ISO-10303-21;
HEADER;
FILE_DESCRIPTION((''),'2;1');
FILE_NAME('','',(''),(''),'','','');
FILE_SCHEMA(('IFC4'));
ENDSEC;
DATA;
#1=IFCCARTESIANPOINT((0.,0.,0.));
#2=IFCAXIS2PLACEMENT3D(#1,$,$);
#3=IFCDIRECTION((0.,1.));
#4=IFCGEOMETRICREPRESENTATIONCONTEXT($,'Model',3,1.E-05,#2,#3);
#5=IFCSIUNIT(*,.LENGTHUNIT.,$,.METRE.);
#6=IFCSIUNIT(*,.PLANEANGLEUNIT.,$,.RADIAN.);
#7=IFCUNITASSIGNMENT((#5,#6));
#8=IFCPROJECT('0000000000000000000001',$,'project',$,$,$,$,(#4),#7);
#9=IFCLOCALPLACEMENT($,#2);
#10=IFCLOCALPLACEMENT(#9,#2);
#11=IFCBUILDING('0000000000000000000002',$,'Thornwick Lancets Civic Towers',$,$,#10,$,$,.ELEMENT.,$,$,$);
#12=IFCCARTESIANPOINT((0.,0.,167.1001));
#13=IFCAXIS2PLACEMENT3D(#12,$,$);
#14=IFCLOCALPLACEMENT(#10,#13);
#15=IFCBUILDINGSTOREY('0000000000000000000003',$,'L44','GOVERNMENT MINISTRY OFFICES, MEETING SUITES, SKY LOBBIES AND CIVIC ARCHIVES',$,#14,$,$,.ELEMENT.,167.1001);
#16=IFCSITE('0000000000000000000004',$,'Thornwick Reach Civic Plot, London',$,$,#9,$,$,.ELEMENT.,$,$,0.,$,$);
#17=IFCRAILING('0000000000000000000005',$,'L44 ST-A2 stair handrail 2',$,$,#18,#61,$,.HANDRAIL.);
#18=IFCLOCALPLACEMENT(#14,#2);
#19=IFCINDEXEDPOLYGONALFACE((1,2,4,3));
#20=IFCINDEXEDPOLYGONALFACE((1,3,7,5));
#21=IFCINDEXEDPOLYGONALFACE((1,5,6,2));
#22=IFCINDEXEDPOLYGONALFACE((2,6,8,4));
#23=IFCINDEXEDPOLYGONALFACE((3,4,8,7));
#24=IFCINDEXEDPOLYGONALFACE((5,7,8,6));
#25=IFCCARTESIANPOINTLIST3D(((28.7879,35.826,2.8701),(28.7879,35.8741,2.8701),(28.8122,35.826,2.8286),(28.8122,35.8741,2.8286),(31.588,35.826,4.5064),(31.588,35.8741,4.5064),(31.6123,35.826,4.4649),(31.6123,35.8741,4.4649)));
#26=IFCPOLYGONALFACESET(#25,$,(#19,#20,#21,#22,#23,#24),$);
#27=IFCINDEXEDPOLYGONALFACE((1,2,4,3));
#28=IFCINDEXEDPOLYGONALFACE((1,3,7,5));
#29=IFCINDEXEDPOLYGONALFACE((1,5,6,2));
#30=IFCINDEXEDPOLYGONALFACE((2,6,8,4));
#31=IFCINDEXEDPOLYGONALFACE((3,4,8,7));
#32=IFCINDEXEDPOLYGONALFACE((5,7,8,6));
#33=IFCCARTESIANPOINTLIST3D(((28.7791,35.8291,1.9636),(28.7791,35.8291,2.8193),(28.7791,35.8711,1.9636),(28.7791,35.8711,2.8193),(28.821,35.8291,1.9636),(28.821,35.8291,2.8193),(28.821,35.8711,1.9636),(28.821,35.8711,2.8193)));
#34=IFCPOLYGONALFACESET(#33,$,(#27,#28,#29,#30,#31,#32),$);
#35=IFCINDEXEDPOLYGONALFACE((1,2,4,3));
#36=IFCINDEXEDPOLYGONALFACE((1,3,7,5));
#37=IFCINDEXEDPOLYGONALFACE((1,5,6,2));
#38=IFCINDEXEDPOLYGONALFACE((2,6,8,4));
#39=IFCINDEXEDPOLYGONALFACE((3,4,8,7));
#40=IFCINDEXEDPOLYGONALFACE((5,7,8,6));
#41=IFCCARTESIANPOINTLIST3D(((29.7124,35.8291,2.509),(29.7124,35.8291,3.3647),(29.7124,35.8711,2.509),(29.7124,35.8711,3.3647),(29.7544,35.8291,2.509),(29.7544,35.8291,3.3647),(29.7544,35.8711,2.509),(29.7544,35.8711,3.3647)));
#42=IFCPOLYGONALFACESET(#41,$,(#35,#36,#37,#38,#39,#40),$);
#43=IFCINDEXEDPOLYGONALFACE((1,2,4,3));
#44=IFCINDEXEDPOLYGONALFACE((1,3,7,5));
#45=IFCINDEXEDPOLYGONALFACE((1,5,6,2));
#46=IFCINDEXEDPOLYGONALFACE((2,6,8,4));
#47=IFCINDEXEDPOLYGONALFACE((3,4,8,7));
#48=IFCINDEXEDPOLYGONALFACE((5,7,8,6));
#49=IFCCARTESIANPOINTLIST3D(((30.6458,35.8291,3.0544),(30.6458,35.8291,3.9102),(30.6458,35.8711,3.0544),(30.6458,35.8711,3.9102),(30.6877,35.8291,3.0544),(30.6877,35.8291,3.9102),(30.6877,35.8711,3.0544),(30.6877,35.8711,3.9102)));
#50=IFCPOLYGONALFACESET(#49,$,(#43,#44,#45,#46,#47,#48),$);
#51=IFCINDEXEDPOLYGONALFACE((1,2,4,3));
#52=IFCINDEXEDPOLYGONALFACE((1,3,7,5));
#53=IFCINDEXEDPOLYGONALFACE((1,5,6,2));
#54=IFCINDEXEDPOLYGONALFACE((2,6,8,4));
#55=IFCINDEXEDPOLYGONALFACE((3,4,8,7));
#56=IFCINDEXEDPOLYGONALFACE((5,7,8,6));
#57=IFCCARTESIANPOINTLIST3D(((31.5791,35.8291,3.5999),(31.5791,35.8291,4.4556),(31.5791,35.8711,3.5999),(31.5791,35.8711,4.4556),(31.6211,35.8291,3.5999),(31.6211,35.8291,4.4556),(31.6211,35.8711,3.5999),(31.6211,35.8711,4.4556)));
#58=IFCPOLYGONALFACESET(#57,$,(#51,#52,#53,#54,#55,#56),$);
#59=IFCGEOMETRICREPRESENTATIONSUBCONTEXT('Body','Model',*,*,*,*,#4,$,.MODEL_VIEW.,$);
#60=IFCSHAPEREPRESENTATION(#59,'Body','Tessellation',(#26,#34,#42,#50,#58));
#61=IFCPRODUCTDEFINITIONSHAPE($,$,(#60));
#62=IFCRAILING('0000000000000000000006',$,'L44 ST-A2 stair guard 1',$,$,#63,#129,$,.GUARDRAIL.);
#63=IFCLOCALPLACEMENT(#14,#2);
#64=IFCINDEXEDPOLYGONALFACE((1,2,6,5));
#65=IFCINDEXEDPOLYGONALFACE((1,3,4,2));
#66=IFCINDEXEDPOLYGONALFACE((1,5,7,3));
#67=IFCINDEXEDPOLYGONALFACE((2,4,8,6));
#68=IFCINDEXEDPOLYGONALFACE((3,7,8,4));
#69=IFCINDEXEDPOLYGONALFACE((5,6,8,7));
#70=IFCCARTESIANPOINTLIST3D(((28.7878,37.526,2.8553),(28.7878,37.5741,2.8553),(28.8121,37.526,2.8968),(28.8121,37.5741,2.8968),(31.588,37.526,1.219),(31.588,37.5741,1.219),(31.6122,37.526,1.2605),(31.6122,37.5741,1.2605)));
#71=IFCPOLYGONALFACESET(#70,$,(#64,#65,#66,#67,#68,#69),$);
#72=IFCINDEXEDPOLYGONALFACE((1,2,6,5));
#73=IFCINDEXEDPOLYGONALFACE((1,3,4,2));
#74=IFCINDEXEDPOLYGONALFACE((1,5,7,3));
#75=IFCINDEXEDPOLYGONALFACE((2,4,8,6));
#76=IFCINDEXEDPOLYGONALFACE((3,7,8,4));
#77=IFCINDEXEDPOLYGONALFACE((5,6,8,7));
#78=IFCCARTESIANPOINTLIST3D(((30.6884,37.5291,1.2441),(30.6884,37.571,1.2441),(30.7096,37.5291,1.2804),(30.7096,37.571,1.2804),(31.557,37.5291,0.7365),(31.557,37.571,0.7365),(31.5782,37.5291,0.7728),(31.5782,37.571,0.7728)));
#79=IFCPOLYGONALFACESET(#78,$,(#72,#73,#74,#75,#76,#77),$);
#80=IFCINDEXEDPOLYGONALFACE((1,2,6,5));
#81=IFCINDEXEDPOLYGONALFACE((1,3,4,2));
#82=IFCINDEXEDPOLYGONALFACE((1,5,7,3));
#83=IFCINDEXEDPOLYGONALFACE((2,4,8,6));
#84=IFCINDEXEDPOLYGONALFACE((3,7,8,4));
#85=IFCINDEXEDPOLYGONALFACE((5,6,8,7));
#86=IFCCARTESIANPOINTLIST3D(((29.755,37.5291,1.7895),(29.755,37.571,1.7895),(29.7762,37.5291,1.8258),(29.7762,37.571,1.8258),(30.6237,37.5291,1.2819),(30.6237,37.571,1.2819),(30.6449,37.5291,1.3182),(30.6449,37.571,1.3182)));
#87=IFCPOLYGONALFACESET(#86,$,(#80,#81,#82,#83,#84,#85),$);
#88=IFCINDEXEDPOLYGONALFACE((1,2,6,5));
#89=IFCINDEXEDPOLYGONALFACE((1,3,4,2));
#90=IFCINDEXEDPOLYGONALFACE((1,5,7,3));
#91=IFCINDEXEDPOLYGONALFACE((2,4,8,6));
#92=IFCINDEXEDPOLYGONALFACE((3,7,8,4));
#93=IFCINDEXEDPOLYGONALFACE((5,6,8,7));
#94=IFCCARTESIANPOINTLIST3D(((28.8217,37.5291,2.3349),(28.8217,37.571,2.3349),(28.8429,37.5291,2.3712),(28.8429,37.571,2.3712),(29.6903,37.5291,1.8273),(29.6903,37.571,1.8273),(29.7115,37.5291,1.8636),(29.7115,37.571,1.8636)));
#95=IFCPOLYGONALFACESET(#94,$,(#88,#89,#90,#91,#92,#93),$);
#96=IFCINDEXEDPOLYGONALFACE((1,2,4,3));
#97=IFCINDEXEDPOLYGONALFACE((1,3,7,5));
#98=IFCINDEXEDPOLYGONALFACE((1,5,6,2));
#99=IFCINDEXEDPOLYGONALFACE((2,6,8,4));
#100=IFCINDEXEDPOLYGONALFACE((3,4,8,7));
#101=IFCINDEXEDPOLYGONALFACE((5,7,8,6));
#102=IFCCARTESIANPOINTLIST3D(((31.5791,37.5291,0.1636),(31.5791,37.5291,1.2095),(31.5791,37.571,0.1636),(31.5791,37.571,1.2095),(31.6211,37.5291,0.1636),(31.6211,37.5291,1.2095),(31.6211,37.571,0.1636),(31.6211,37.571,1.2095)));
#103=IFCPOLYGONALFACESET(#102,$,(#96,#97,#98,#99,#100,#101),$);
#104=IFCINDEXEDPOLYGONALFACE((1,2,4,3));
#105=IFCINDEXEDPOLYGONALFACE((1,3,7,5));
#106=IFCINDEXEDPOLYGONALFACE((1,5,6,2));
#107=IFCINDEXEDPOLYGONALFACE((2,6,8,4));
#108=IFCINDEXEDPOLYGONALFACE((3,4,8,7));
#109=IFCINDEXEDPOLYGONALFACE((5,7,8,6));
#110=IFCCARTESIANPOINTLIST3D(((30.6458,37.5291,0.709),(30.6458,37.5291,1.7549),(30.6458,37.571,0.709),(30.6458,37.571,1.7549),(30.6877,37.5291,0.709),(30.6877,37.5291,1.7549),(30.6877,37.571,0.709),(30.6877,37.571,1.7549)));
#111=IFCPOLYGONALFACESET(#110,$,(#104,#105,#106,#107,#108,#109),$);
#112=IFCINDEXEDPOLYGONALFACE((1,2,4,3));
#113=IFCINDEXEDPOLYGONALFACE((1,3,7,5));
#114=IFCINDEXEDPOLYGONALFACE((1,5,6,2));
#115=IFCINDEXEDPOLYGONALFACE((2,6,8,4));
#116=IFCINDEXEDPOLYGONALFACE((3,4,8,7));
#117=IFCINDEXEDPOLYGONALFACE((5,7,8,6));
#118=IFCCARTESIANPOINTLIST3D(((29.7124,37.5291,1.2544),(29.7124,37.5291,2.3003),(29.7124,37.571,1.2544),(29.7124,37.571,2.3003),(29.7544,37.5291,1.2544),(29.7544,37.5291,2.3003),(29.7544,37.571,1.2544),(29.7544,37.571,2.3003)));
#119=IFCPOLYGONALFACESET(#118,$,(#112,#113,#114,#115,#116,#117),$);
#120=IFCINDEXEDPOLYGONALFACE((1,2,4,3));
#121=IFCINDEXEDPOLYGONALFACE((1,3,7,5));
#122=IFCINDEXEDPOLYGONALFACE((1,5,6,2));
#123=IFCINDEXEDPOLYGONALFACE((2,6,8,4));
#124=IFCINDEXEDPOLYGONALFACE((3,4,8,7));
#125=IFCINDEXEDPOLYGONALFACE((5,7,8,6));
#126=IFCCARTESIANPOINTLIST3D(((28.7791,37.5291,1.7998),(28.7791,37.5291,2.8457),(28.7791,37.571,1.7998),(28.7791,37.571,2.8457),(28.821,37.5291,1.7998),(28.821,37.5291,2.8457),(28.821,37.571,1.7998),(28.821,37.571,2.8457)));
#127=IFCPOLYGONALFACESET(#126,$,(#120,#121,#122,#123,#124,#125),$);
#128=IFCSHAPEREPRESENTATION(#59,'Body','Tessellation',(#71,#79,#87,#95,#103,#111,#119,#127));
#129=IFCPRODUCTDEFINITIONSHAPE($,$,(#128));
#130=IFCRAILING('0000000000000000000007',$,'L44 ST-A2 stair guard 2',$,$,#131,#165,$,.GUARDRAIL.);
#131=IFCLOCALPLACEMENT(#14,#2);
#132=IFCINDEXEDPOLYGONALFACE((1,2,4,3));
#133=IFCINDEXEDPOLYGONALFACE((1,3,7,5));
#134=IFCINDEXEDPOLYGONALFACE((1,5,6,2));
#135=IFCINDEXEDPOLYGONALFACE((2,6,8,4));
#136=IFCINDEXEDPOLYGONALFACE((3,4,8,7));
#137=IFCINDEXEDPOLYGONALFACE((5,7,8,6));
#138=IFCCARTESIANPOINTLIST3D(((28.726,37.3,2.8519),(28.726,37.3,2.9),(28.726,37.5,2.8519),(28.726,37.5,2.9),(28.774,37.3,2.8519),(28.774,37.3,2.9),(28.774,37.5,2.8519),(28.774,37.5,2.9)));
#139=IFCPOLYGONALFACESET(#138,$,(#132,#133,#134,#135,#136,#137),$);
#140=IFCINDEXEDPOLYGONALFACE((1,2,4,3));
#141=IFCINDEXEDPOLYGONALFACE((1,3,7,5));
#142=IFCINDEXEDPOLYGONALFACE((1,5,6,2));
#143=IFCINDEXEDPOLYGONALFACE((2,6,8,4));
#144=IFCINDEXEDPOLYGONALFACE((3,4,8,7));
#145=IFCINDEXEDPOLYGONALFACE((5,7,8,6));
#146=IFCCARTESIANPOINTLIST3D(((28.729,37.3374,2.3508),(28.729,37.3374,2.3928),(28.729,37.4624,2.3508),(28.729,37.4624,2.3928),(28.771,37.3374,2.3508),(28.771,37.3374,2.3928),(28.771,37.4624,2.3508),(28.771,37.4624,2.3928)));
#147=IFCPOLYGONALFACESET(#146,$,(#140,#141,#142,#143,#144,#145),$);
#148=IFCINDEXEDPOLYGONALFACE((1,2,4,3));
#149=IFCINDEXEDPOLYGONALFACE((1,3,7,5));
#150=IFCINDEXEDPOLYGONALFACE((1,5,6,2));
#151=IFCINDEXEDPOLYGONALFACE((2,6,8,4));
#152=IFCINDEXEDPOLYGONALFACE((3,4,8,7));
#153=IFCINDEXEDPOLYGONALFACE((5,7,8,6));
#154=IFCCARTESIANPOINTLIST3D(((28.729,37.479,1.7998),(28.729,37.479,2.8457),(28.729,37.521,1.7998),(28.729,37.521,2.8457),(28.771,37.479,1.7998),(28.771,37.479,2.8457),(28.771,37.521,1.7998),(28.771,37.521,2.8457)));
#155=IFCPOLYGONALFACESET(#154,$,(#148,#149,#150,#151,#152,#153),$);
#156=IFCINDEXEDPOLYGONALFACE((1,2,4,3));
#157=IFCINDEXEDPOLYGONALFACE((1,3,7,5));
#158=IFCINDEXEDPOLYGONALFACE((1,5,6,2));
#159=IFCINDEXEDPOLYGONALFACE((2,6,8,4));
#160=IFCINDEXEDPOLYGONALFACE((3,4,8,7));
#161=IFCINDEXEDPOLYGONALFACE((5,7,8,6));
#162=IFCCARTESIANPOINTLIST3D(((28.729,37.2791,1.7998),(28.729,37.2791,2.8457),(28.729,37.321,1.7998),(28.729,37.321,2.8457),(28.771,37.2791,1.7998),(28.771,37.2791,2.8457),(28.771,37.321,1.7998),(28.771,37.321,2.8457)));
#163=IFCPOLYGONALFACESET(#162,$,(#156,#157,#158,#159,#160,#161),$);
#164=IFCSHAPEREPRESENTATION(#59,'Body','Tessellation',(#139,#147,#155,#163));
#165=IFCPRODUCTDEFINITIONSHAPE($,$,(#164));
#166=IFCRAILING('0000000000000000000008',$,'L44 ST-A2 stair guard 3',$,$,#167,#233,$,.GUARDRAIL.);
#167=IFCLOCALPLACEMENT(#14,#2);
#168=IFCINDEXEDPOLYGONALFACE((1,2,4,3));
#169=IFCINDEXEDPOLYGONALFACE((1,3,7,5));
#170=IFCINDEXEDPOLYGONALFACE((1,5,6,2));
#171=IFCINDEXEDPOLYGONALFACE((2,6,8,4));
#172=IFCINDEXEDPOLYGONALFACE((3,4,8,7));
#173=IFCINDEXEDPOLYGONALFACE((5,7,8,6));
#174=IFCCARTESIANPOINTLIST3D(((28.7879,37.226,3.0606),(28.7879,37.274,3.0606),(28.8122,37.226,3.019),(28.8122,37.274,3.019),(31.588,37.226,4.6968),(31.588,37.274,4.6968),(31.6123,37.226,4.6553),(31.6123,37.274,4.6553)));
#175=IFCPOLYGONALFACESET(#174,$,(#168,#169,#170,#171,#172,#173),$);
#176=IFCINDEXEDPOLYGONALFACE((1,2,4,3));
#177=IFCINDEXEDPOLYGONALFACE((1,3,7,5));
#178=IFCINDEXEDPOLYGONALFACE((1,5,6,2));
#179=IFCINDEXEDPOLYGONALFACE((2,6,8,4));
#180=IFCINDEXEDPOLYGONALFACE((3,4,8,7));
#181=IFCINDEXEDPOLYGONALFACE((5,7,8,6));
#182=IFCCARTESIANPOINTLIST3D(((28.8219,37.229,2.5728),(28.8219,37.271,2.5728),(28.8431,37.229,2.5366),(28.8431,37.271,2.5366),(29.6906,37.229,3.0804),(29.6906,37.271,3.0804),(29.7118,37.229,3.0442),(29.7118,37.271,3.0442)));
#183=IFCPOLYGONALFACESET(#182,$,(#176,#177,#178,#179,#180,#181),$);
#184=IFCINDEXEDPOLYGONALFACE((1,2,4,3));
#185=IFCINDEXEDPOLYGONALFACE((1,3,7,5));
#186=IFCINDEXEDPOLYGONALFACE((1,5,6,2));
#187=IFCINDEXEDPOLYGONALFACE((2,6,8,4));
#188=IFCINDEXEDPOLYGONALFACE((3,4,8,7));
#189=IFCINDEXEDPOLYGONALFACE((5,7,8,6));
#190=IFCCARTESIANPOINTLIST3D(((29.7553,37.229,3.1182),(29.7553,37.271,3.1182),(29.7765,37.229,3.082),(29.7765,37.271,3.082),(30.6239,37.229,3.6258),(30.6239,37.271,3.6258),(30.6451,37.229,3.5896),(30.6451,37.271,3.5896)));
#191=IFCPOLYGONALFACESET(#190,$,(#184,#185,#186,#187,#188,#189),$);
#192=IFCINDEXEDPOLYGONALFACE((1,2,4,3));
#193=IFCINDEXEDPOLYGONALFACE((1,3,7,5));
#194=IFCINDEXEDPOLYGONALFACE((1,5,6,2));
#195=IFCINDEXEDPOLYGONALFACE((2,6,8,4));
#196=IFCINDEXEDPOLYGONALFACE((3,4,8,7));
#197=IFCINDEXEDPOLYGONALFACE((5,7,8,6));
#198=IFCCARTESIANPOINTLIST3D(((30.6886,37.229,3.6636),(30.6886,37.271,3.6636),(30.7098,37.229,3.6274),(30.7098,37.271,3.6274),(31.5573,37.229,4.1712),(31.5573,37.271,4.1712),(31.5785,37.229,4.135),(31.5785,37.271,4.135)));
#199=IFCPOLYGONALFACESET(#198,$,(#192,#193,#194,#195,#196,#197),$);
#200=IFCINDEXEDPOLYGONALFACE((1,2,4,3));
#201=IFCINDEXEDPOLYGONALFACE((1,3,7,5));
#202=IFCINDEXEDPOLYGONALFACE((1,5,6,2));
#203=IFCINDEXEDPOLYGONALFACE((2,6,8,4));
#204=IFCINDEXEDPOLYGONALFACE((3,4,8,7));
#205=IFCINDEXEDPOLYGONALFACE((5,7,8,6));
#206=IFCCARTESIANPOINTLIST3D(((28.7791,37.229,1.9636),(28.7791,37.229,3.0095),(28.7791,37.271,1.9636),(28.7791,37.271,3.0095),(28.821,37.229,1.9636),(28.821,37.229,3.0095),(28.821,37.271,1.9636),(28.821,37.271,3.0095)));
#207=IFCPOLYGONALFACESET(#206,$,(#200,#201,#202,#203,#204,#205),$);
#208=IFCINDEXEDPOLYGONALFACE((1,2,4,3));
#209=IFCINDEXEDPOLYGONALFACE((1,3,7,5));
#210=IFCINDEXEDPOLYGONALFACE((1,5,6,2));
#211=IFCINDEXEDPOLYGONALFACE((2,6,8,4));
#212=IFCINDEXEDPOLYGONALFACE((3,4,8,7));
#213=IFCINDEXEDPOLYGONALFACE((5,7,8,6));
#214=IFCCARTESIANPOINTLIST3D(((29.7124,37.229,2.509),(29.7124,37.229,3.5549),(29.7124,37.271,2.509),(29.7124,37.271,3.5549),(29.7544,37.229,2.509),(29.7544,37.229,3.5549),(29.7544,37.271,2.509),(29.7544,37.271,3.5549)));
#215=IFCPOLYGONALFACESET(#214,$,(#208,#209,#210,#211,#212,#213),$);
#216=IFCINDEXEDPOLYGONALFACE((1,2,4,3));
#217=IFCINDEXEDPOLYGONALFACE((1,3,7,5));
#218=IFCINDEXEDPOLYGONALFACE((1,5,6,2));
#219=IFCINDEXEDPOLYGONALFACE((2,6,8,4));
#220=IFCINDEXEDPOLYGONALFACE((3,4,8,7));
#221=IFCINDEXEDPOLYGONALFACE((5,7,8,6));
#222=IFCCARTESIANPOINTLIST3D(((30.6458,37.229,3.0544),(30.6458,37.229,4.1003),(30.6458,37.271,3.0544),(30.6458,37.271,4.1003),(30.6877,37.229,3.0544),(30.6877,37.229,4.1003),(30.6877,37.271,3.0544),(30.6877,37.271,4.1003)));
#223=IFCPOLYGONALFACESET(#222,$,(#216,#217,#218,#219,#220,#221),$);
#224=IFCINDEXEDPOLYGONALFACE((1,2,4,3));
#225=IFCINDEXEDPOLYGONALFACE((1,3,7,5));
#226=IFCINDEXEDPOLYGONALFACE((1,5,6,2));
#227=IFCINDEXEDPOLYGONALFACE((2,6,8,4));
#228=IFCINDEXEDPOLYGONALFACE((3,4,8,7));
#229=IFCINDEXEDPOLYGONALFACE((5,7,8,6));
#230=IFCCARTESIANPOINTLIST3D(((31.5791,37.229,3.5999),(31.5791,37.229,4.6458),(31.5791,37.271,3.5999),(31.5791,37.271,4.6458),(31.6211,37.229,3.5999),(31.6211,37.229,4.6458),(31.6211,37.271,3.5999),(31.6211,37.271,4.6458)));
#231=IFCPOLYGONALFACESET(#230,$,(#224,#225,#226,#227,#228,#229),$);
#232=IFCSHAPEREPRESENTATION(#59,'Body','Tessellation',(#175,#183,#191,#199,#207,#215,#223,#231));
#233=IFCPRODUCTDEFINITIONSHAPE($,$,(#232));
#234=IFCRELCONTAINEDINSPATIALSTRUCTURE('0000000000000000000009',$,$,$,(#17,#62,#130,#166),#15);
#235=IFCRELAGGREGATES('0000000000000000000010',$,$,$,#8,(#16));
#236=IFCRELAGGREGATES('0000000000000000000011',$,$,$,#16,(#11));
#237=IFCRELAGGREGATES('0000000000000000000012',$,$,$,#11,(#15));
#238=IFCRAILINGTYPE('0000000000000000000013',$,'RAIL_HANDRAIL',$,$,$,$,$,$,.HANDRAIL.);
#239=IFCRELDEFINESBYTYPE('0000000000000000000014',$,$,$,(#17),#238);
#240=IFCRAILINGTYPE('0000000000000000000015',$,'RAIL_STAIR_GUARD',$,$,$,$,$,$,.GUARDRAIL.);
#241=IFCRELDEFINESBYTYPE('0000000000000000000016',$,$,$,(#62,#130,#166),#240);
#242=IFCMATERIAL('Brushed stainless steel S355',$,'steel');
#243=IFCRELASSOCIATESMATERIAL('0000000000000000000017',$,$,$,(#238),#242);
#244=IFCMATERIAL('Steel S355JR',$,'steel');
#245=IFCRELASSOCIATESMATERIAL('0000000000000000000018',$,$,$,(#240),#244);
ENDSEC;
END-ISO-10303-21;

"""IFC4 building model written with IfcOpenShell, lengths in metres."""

from ifc_helpers import new_model, si_unit, direction, frame, origin, origin_2d, place, context, subcontext, project, spatial, rectangle, extrude, material, type_object, element, save


model = new_model("IFC4")

# Units and contexts
model_context = context("Model", 3, precision=1e-05, world=origin(), true_north=direction((0.0, 1.0)))
body_context = subcontext(model_context, "Body", "Model", "MODEL_VIEW")
ifc_project = project(units=[si_unit("LENGTHUNIT", "METRE"), si_unit("PLANEANGLEUNIT", "RADIAN")], contexts=[model_context])

# Site, building, storey
site_placement = place(None, origin())
site = spatial("IfcSite", under=ifc_project, at=site_placement, Name="Thornwick Reach Civic Plot, London", CompositionType="ELEMENT", RefElevation=0.0)
building_placement = place(site_placement, origin())
building = spatial("IfcBuilding", under=site, at=building_placement, Name="Thornwick Lancets Civic Towers", CompositionType="ELEMENT")
storey_placement = place(building_placement, frame((0.0, 0.0, 167.1001)))
storey = spatial("IfcBuildingStorey", under=building, at=storey_placement, Name="L44", Description="GOVERNMENT MINISTRY OFFICES, MEETING SUITES, SKY LOBBIES AND CIVIC ARCHIVES", CompositionType="ELEMENT", Elevation=167.1001)

# Shared definitions
ifc_material_1 = material(Name="Steel S355JR", Category="steel")

# Railings
ifc_material_2 = material(Name="Brushed stainless steel S355", Category="steel")
railing_type_1 = type_object("IfcRailingType", Name="RAIL_HANDRAIL", PredefinedType="HANDRAIL", material=ifc_material_2)
railing_1_placement = place(storey_placement, frame((28.8, 35.8501, 1.9636)))
element("IfcRailing", 1, at=railing_1_placement, inside=storey, type_object=railing_type_1, Name="L44 ST-A2 stair handrail 2", PredefinedType="HANDRAIL", context=body_context, shape_type="SweptSolid", body=[
    extrude(rectangle(XDim=0.0481, YDim=0.0481, at=origin_2d()), frame((0.0, 0.0, 0.8857), z_axis=(0.863394, 0.0, 0.504531), x_axis=(0.0, 1.0, 0.0)), (0.0, 0.0, 1.0), 3.2432),
    extrude(rectangle(XDim=0.042, YDim=0.042, at=origin_2d()), origin(), (0.0, 0.0, 1.0), 0.8557),
    extrude(rectangle(XDim=0.042, YDim=0.042, at=origin_2d()), frame((0.9333, 0.0, 0.5454)), (0.0, 0.0, 1.0), 0.8557),
    extrude(rectangle(XDim=0.042, YDim=0.042, at=origin_2d()), frame((1.8667, 0.0, 1.0908)), (0.0, 0.0, 1.0), 0.8557),
    extrude(rectangle(XDim=0.042, YDim=0.042, at=origin_2d()), frame((2.8, 0.0, 1.6362)), (0.0, 0.0, 1.0), 0.8557),
])
railing_type_2 = type_object("IfcRailingType", Name="RAIL_STAIR_GUARD", PredefinedType="GUARDRAIL", material=ifc_material_1)
railing_2_placement = place(storey_placement, frame((31.6001, 37.55, 0.1636)))
element("IfcRailing", 2, at=railing_2_placement, inside=storey, type_object=railing_type_2, Name="L44 ST-A2 stair guard 1", PredefinedType="GUARDRAIL", context=body_context, shape_type="SweptSolid", body=[
    extrude(rectangle(XDim=0.0481, YDim=0.0481, at=origin_2d()), frame((0.0, 0.0, 1.0762), z_axis=(-0.863394, 0.0, 0.504531), x_axis=(0.0, -1.0, 0.0)), (0.0, 0.0, 1.0), 3.2432),
    extrude(rectangle(XDim=0.042, YDim=0.042, at=origin_2d()), frame((-0.0325, 0.0, 0.5911), z_axis=(-0.863394, 0.0, 0.504531), x_axis=(0.0, -1.0, 0.0)), (0.0, 0.0, 1.0), 1.0061),
    extrude(rectangle(XDim=0.042, YDim=0.042, at=origin_2d()), frame((-0.9658, 0.0, 1.1365), z_axis=(-0.863394, 0.0, 0.504531), x_axis=(0.0, -1.0, 0.0)), (0.0, 0.0, 1.0), 1.0061),
    extrude(rectangle(XDim=0.042, YDim=0.042, at=origin_2d()), frame((-1.8992, 0.0, 1.6819), z_axis=(-0.863394, 0.0, 0.504531), x_axis=(0.0, -1.0, 0.0)), (0.0, 0.0, 1.0), 1.0061),
    extrude(rectangle(XDim=0.042, YDim=0.042, at=origin_2d()), origin(), (0.0, 0.0, 1.0), 1.0459),
    extrude(rectangle(XDim=0.042, YDim=0.042, at=origin_2d()), frame((-0.9333, 0.0, 0.5454)), (0.0, 0.0, 1.0), 1.0459),
    extrude(rectangle(XDim=0.042, YDim=0.042, at=origin_2d()), frame((-1.8667, 0.0, 1.0908)), (0.0, 0.0, 1.0), 1.0459),
    extrude(rectangle(XDim=0.042, YDim=0.042, at=origin_2d()), frame((-2.8, 0.0, 1.6362)), (0.0, 0.0, 1.0), 1.0459),
])
railing_3_placement = place(storey_placement, frame((28.75, 37.5, 1.7998)))
element("IfcRailing", 3, at=railing_3_placement, inside=storey, type_object=railing_type_2, Name="L44 ST-A2 stair guard 2", PredefinedType="GUARDRAIL", context=body_context, shape_type="SweptSolid", body=[
    extrude(rectangle(XDim=0.0481, YDim=0.0481, at=origin_2d()), frame((0.0, 0.0, 1.0762), z_axis=(0.0, -1.0, 0.0), x_axis=(1.0, 0.0, 0.0)), (0.0, 0.0, 1.0), 0.2),
    extrude(rectangle(XDim=0.042, YDim=0.042, at=origin_2d()), frame((0.0, -0.0376, 0.572), z_axis=(0.0, -1.0, 0.0), x_axis=(1.0, 0.0, 0.0)), (0.0, 0.0, 1.0), 0.125),
    extrude(rectangle(XDim=0.042, YDim=0.042, at=origin_2d()), origin(), (0.0, 0.0, 1.0), 1.0459),
    extrude(rectangle(XDim=0.042, YDim=0.042, at=origin_2d()), frame((0.0, -0.2, 0.0)), (0.0, 0.0, 1.0), 1.0459),
])
railing_4_placement = place(storey_placement, frame((28.8, 37.25, 1.9636)))
element("IfcRailing", 4, at=railing_4_placement, inside=storey, type_object=railing_type_2, Name="L44 ST-A2 stair guard 3", PredefinedType="GUARDRAIL", context=body_context, shape_type="SweptSolid", body=[
    extrude(rectangle(XDim=0.0481, YDim=0.0481, at=origin_2d()), frame((0.0, 0.0, 1.0762), z_axis=(0.863394, 0.0, 0.504531), x_axis=(0.0, 1.0, 0.0)), (0.0, 0.0, 1.0), 3.2432),
    extrude(rectangle(XDim=0.042, YDim=0.042, at=origin_2d()), frame((0.0325, 0.0, 0.5911), z_axis=(0.863394, 0.0, 0.504531), x_axis=(0.0, 1.0, 0.0)), (0.0, 0.0, 1.0), 1.0061),
    extrude(rectangle(XDim=0.042, YDim=0.042, at=origin_2d()), frame((0.9658, 0.0, 1.1365), z_axis=(0.863394, 0.0, 0.504531), x_axis=(0.0, 1.0, 0.0)), (0.0, 0.0, 1.0), 1.0061),
    extrude(rectangle(XDim=0.042, YDim=0.042, at=origin_2d()), frame((1.8992, 0.0, 1.6819), z_axis=(0.863394, 0.0, 0.504531), x_axis=(0.0, 1.0, 0.0)), (0.0, 0.0, 1.0), 1.0061),
    extrude(rectangle(XDim=0.042, YDim=0.042, at=origin_2d()), origin(), (0.0, 0.0, 1.0), 1.0459),
    extrude(rectangle(XDim=0.042, YDim=0.042, at=origin_2d()), frame((0.9333, 0.0, 0.5454)), (0.0, 0.0, 1.0), 1.0459),
    extrude(rectangle(XDim=0.042, YDim=0.042, at=origin_2d()), frame((1.8667, 0.0, 1.0908)), (0.0, 0.0, 1.0), 1.0459),
    extrude(rectangle(XDim=0.042, YDim=0.042, at=origin_2d()), frame((2.8, 0.0, 1.6362)), (0.0, 0.0, 1.0), 1.0459),
])

save(model, "model.ifc")
